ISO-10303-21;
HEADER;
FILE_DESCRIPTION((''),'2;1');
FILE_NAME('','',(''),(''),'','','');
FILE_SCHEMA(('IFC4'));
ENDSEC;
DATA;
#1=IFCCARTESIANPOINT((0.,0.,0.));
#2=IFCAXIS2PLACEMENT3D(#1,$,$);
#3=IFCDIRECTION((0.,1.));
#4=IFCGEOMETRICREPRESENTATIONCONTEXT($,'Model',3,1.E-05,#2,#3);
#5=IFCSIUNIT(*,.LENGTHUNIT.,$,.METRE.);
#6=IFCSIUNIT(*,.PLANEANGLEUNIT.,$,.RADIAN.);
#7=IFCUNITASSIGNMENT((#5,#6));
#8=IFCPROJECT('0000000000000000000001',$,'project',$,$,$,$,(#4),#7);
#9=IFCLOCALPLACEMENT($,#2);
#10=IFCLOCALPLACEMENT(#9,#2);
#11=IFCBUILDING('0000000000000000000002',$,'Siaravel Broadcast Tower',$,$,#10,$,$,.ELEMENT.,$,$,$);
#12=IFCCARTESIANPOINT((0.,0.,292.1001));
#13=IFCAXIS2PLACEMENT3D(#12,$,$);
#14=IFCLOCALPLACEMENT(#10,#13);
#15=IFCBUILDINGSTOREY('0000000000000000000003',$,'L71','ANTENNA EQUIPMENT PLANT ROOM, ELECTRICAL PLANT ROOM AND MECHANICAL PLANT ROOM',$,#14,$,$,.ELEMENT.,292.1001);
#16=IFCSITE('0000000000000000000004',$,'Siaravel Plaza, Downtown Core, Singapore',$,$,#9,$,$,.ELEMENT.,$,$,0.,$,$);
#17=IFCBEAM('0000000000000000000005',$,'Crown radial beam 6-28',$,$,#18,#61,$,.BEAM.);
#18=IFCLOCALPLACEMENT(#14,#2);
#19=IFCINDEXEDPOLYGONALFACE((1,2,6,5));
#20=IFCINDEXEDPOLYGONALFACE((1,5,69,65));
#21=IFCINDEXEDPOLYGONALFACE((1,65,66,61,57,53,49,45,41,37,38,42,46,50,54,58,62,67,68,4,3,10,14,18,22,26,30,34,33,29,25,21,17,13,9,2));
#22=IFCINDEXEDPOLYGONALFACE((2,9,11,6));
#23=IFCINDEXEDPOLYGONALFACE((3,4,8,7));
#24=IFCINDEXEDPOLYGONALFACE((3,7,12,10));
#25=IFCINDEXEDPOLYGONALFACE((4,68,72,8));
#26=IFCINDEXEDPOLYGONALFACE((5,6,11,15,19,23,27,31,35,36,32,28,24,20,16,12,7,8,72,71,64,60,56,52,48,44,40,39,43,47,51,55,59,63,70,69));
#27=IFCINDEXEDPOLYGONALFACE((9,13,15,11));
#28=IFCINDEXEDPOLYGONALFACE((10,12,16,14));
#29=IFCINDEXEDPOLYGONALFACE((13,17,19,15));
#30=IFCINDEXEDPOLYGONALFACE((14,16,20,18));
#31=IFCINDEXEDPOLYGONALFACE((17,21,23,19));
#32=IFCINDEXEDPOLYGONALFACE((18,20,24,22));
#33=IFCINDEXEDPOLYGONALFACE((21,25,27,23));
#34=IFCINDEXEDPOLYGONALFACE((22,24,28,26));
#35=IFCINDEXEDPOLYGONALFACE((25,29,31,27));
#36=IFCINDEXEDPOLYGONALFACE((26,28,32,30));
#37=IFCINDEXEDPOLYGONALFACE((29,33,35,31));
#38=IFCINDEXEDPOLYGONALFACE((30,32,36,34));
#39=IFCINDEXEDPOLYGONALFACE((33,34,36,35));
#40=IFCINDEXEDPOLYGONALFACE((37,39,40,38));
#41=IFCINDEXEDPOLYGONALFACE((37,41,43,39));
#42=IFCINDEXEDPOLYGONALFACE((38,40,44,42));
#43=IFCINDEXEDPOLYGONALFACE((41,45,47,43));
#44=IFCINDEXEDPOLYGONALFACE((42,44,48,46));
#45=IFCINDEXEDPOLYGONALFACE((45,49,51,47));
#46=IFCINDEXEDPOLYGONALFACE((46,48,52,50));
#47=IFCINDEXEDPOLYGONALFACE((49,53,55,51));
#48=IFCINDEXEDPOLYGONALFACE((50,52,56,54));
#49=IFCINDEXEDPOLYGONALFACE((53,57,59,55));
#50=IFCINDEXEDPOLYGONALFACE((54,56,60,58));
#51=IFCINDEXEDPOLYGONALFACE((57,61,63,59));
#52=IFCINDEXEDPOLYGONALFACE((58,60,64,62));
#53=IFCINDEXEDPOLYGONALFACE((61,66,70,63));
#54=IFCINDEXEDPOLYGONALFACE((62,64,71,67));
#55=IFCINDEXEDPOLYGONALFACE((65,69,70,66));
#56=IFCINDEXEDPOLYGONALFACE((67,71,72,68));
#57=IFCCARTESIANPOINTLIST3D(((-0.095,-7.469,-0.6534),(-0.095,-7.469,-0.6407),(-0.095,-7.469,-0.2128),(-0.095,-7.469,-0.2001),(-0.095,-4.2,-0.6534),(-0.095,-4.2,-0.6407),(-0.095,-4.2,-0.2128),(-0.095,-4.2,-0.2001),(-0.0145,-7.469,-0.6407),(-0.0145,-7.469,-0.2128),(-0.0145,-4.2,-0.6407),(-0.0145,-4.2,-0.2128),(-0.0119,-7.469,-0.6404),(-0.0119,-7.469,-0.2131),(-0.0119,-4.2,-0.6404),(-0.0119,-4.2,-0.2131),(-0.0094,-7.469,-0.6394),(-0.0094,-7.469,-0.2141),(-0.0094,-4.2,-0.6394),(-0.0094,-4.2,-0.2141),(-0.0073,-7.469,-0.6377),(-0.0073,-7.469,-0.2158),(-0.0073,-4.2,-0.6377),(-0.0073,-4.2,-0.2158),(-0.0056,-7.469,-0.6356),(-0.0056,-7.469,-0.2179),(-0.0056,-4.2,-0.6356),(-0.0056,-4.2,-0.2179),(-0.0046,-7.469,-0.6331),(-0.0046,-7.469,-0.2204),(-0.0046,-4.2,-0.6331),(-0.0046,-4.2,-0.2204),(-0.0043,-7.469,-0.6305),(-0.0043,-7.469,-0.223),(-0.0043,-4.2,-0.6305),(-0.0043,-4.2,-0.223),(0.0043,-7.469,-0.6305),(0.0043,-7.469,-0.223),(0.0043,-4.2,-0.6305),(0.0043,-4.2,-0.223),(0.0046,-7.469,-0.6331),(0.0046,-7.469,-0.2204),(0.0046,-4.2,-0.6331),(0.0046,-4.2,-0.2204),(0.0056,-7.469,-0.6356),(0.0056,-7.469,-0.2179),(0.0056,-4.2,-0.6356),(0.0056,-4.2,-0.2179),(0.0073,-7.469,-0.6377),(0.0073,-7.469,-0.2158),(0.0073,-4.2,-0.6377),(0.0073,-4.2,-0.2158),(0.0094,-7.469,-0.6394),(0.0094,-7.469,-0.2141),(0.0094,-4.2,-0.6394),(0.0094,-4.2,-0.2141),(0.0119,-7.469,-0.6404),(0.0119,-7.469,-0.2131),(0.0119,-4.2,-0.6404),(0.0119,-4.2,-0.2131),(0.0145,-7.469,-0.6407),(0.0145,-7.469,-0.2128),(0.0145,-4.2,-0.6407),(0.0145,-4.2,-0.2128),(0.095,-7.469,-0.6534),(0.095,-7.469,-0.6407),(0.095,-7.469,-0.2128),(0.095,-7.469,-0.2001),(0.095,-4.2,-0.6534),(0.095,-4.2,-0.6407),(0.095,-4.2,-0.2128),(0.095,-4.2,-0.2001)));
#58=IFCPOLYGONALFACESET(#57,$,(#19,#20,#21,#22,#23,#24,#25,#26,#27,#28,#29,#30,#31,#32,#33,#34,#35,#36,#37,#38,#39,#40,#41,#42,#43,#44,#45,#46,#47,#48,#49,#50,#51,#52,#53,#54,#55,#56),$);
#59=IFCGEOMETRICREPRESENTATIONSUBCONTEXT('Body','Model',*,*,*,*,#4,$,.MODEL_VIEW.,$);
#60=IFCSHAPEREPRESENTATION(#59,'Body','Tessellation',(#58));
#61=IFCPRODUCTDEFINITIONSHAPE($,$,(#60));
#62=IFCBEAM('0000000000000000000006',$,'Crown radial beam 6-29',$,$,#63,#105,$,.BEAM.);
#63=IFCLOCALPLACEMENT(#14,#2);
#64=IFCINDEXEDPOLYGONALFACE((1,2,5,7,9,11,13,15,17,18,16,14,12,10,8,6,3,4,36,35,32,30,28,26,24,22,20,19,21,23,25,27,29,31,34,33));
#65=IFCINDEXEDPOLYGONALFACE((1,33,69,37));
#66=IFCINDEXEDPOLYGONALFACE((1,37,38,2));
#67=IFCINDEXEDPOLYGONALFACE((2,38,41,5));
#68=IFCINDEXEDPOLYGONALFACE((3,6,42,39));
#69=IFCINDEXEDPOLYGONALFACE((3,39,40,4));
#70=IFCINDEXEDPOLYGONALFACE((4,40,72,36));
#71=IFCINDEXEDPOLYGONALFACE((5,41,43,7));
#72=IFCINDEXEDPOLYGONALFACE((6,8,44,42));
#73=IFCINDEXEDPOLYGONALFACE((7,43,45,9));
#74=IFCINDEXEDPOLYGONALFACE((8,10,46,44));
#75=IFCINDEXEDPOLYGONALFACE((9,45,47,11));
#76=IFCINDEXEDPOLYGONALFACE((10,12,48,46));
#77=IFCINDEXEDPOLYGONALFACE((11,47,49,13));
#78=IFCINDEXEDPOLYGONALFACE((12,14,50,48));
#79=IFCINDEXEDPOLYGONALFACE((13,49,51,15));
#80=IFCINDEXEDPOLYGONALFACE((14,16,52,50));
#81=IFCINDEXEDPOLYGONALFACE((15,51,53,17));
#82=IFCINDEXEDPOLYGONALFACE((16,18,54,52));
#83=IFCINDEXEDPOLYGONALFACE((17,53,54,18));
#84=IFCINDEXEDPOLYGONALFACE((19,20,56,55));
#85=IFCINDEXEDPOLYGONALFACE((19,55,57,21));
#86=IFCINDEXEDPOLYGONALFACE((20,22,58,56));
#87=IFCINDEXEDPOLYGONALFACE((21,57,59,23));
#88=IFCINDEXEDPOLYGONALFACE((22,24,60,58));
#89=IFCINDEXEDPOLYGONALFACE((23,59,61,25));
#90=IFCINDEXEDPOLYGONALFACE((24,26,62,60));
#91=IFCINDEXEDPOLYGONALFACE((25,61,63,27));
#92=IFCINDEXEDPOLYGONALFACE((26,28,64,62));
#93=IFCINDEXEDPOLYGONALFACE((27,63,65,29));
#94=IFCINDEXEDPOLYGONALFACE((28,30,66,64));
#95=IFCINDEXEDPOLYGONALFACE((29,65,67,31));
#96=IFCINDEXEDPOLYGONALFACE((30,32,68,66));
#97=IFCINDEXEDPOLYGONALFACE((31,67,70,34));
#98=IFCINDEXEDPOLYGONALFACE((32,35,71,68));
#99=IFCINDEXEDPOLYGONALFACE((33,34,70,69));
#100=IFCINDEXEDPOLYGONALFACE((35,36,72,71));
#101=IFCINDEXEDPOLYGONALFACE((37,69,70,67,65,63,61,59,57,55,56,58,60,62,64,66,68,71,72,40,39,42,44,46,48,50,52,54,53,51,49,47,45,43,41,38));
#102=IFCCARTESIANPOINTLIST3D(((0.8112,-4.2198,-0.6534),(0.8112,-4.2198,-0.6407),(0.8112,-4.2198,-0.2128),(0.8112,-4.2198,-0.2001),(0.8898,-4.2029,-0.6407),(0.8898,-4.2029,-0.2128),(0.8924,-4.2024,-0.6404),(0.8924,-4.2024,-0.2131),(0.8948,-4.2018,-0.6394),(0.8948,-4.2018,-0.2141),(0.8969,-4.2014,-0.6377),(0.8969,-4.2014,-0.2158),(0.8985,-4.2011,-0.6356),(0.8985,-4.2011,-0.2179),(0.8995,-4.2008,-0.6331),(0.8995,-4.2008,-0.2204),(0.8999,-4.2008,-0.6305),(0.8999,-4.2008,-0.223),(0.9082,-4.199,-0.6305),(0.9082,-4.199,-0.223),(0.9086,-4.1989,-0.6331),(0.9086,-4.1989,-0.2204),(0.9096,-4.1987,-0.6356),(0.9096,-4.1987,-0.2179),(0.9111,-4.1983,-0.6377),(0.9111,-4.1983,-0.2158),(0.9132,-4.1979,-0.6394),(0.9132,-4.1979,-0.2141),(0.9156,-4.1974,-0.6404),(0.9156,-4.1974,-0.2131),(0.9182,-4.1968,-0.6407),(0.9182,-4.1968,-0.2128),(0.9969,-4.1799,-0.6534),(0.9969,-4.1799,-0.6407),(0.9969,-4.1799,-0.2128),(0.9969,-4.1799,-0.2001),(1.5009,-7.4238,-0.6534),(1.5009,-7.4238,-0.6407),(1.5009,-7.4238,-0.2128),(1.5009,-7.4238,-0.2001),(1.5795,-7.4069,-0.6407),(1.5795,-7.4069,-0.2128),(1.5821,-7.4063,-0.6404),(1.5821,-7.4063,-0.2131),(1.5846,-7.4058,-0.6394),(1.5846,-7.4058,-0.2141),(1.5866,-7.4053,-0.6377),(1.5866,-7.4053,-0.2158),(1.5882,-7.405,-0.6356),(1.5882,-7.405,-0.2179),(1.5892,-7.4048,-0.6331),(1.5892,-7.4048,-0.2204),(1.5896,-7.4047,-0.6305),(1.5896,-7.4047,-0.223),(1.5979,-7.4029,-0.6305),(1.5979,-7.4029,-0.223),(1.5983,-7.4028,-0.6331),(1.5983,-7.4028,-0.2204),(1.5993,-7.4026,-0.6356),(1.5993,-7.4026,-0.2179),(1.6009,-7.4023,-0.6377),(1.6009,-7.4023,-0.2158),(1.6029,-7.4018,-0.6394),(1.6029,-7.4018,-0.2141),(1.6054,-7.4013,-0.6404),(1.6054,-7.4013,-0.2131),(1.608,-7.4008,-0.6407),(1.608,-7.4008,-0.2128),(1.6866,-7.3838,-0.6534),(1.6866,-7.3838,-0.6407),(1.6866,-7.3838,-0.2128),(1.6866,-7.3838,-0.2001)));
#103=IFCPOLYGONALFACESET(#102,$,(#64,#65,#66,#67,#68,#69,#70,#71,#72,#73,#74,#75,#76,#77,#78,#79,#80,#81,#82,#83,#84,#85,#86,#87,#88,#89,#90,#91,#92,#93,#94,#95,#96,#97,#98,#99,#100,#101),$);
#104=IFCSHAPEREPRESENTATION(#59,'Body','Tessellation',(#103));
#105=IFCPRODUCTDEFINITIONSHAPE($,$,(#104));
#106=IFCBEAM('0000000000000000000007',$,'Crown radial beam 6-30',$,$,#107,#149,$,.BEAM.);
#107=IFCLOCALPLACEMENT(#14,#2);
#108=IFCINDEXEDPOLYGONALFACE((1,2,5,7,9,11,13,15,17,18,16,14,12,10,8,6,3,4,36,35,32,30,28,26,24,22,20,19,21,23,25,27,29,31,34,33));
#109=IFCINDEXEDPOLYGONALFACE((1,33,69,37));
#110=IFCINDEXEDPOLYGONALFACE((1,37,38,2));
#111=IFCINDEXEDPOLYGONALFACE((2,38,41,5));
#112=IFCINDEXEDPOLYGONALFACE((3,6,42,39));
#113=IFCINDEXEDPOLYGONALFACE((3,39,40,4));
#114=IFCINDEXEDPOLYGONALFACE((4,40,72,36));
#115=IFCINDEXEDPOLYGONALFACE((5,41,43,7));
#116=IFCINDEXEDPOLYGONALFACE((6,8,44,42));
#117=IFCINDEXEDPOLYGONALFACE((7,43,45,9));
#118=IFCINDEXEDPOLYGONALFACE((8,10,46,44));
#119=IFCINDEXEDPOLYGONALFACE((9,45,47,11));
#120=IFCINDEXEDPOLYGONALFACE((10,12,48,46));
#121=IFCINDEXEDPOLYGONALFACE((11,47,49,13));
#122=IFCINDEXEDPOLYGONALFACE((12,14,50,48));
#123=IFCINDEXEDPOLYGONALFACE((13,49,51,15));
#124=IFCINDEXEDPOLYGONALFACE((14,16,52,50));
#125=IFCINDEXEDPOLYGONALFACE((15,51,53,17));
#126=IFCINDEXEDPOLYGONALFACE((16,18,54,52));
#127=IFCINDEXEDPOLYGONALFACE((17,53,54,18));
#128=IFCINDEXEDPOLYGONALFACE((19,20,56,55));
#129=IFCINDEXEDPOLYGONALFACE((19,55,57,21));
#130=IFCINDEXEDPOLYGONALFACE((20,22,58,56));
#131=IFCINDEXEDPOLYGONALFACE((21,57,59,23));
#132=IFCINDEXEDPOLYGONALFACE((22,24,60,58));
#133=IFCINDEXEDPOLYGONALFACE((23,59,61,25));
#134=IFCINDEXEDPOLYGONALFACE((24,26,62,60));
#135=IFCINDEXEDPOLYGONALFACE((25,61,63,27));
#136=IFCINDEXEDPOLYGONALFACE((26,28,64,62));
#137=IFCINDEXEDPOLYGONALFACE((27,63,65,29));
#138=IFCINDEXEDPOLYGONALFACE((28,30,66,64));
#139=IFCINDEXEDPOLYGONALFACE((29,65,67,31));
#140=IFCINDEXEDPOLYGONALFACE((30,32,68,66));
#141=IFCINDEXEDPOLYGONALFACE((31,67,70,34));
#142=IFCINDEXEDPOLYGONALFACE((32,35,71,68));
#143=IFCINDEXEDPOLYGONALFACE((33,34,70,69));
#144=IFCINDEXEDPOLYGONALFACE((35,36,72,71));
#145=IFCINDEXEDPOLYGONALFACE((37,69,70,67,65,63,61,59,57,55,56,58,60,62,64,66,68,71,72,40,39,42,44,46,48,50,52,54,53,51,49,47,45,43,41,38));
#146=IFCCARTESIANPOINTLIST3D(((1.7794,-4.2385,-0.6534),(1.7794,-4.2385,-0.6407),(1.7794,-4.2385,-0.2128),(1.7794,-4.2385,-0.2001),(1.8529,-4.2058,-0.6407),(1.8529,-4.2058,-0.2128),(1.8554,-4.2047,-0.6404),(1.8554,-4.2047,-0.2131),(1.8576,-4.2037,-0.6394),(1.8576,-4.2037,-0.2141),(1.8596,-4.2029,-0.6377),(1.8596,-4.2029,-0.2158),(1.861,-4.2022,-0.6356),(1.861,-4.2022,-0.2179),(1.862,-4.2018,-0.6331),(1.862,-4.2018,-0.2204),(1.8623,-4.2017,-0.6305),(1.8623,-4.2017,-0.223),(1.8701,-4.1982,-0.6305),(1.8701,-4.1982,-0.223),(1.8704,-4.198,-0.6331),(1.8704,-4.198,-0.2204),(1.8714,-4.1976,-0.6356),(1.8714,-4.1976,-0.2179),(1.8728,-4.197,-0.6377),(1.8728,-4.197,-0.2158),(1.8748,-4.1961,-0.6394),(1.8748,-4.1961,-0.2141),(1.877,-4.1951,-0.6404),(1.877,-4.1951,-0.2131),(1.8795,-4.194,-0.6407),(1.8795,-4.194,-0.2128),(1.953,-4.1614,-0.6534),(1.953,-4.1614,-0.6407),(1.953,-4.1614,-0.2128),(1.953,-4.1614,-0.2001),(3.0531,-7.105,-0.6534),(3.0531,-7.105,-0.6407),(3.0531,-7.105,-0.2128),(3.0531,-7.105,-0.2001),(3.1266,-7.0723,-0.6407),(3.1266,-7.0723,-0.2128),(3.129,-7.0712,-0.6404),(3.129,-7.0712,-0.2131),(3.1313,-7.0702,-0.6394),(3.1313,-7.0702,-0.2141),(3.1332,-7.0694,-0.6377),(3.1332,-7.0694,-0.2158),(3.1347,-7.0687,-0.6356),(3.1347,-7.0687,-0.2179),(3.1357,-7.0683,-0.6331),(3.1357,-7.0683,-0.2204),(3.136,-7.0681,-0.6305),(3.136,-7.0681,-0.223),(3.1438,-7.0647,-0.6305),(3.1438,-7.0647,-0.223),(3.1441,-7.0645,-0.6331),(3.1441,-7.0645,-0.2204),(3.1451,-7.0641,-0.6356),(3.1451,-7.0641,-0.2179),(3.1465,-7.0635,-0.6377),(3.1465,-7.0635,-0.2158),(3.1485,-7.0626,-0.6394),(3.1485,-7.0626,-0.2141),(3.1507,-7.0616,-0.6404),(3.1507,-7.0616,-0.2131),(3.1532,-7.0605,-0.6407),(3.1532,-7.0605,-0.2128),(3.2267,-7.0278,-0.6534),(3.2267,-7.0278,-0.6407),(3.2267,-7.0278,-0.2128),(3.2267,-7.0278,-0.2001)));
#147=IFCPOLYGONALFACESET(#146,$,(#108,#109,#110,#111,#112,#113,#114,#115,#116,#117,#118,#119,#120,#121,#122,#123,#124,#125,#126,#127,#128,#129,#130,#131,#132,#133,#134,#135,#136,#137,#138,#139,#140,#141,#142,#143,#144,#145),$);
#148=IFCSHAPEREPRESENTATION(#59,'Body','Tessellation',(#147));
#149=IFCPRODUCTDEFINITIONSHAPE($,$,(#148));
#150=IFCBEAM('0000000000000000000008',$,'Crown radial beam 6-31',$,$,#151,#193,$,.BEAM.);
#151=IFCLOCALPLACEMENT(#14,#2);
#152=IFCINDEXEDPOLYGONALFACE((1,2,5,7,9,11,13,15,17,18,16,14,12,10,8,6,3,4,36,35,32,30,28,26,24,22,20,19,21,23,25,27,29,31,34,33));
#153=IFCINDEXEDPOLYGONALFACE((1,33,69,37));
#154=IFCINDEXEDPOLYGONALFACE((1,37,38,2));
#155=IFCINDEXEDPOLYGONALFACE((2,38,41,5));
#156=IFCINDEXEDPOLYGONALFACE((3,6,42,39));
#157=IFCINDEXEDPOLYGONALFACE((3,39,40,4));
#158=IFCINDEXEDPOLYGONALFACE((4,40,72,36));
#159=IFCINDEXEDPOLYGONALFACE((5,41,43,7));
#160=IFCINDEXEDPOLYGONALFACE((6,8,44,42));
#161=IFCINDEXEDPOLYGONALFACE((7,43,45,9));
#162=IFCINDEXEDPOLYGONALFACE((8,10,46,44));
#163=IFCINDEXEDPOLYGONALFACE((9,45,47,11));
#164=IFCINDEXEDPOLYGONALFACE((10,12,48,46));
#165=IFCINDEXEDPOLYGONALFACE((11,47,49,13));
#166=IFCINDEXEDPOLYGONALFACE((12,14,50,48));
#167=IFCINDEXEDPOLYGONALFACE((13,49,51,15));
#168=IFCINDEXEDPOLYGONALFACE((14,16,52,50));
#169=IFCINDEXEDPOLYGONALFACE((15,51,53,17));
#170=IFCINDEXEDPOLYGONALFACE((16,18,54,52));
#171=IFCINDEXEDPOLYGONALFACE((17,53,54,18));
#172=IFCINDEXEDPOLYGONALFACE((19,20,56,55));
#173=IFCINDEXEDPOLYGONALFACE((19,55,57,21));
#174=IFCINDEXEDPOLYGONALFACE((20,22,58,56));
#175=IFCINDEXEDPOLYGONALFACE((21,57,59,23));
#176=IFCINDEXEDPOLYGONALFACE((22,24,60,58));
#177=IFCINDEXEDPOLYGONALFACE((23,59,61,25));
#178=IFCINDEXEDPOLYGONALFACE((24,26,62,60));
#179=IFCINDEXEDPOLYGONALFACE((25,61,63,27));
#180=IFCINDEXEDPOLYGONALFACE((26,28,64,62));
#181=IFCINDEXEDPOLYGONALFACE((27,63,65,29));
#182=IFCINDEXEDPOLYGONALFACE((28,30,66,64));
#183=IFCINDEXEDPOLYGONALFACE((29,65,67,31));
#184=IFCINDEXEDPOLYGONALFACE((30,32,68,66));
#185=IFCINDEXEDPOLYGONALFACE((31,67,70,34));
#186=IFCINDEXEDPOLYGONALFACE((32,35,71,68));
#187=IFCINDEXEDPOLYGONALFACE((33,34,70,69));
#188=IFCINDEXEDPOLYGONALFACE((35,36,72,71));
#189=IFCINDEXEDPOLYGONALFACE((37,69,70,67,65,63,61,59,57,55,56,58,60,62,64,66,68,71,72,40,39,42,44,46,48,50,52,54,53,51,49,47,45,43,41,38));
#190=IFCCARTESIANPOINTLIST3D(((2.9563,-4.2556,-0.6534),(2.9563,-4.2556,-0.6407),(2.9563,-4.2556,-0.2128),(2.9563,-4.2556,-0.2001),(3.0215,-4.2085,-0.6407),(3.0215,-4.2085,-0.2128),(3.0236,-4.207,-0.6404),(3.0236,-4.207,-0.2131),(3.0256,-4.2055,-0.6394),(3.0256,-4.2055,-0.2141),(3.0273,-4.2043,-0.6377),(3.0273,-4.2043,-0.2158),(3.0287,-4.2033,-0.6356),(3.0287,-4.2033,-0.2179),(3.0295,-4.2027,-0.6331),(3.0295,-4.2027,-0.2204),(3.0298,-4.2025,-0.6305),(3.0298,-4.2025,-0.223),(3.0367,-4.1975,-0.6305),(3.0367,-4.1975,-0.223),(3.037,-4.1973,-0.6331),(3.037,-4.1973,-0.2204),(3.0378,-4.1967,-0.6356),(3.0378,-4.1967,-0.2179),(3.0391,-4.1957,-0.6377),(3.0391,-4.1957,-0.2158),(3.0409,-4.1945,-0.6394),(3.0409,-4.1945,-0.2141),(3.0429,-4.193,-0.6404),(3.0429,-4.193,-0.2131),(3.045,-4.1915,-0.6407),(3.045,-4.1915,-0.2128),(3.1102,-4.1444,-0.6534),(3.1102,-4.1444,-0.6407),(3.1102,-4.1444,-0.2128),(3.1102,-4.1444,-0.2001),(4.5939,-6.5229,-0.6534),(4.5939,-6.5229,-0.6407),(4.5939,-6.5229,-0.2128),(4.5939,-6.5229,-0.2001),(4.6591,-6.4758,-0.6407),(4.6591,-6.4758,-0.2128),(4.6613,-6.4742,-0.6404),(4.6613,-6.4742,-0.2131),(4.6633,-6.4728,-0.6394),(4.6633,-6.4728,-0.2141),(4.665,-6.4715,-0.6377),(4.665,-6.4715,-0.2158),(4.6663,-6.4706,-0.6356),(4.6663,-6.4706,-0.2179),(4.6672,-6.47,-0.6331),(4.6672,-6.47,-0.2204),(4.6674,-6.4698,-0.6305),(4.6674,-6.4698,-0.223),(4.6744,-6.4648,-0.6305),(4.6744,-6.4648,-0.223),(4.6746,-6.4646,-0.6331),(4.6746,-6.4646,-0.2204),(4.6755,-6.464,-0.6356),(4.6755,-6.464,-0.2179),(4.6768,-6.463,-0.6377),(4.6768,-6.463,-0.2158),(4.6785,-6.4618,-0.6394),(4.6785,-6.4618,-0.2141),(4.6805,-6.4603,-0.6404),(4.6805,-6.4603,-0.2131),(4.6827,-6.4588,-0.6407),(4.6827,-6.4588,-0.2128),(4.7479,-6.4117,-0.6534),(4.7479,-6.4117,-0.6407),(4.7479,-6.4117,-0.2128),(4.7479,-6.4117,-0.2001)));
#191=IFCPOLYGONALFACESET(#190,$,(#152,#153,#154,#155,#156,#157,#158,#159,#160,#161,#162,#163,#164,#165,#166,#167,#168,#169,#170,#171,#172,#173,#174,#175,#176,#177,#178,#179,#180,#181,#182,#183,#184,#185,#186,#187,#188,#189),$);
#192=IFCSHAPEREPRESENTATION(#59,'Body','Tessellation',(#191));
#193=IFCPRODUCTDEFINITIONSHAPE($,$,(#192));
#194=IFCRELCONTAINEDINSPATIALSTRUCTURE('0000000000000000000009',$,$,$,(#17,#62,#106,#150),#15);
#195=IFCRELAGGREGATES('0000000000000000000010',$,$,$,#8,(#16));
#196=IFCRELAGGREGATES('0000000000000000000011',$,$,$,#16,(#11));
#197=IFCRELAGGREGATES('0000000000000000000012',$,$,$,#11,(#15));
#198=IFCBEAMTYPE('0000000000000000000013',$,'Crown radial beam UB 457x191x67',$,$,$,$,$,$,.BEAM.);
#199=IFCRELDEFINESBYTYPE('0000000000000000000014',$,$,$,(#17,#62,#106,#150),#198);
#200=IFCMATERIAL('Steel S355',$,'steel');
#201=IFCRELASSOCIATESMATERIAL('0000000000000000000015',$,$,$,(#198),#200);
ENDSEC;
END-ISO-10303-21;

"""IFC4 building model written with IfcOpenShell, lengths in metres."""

from ifc_helpers import new_model, si_unit, direction, frame, origin, origin_2d, place, context, subcontext, project, spatial, i_section, extrude, material, material_profile, profile_set, type_object, element, save


model = new_model("IFC4")

# Units and contexts
model_context = context("Model", 3, precision=1e-05, world=origin(), true_north=direction((0.0, 1.0)))
body_context = subcontext(model_context, "Body", "Model", "MODEL_VIEW")
ifc_project = project(units=[si_unit("LENGTHUNIT", "METRE"), si_unit("PLANEANGLEUNIT", "RADIAN")], contexts=[model_context])

# Site, building, storey
site_placement = place(None, origin())
site = spatial("IfcSite", under=ifc_project, at=site_placement, Name="Siaravel Plaza, Downtown Core, Singapore", CompositionType="ELEMENT", RefElevation=0.0)
building_placement = place(site_placement, origin())
building = spatial("IfcBuilding", under=site, at=building_placement, Name="Siaravel Broadcast Tower", CompositionType="ELEMENT")
storey_placement = place(building_placement, frame((0.0, 0.0, 292.1001)))
storey = spatial("IfcBuildingStorey", under=building, at=storey_placement, Name="L71", Description="ANTENNA EQUIPMENT PLANT ROOM, ELECTRICAL PLANT ROOM AND MECHANICAL PLANT ROOM", CompositionType="ELEMENT", Elevation=292.1001)

# Beams
ifc_material_1 = material(Name="Steel S355", Category="steel")
ifc_material_profile_1 = material_profile(ifc_material_1, i_section(OverallWidth=0.1899, OverallDepth=0.4534, WebThickness=0.0085, FlangeThickness=0.0127, FilletRadius=0.0103, at=origin_2d()))
ifc_profile_set_1 = profile_set([ifc_material_profile_1], Name="Steel S355")
beam_type_1 = type_object("IfcBeamType", Name="Crown radial beam UB 457x191x67", PredefinedType="BEAM", material=ifc_profile_set_1)
beam_1_placement = place(storey_placement, frame((0.0, -7.469, -0.4268), z_axis=(0.0, 1.0, 0.0), x_axis=(-1.0, 0.0, 0.0)))
element("IfcBeam", 1, at=beam_1_placement, inside=storey, type_object=beam_type_1, Name="Crown radial beam 6-28", PredefinedType="BEAM", context=body_context, shape_type="SweptSolid", body=[
    extrude(i_section(OverallWidth=0.1899, OverallDepth=0.4534, WebThickness=0.0085, FlangeThickness=0.0127, FilletRadius=0.0103, at=origin_2d()), origin(), (0.0, 0.0, 1.0), 3.269),
])
beam_2_placement = place(storey_placement, frame((1.5938, -7.4038, -0.4268), z_axis=(-0.21045, 0.977605, 0.0), x_axis=(-0.977605, -0.21045, 0.0)))
element("IfcBeam", 2, at=beam_2_placement, inside=storey, type_object=beam_type_1, Name="Crown radial beam 6-29", PredefinedType="BEAM", context=body_context, shape_type="SweptSolid", body=[
    extrude(i_section(OverallWidth=0.1899, OverallDepth=0.4534, WebThickness=0.0085, FlangeThickness=0.0127, FilletRadius=0.0103, at=origin_2d()), origin(), (0.0, 0.0, 1.0), 3.2773),
])
beam_3_placement = place(storey_placement, frame((3.1399, -7.0664, -0.4268), z_axis=(-0.406059, 0.913847, 0.0), x_axis=(-0.913847, -0.406059, 0.0)))
element("IfcBeam", 3, at=beam_3_placement, inside=storey, type_object=beam_type_1, Name="Crown radial beam 6-30", PredefinedType="BEAM", context=body_context, shape_type="SweptSolid", body=[
    extrude(i_section(OverallWidth=0.1899, OverallDepth=0.4534, WebThickness=0.0085, FlangeThickness=0.0127, FilletRadius=0.0103, at=origin_2d()), origin(), (0.0, 0.0, 1.0), 3.1367),
])
beam_4_placement = place(storey_placement, frame((4.6709, -6.4673, -0.4268), z_axis=(-0.585532, 0.810649, 0.0), x_axis=(-0.810649, -0.585532, 0.0)))
element("IfcBeam", 4, at=beam_4_placement, inside=storey, type_object=beam_type_1, Name="Crown radial beam 6-31", PredefinedType="BEAM", context=body_context, shape_type="SweptSolid", body=[
    extrude(i_section(OverallWidth=0.1899, OverallDepth=0.4534, WebThickness=0.0085, FlangeThickness=0.0127, FilletRadius=0.0103, at=origin_2d()), origin(), (0.0, 0.0, 1.0), 2.7969),
])

save(model, "model.ifc")
